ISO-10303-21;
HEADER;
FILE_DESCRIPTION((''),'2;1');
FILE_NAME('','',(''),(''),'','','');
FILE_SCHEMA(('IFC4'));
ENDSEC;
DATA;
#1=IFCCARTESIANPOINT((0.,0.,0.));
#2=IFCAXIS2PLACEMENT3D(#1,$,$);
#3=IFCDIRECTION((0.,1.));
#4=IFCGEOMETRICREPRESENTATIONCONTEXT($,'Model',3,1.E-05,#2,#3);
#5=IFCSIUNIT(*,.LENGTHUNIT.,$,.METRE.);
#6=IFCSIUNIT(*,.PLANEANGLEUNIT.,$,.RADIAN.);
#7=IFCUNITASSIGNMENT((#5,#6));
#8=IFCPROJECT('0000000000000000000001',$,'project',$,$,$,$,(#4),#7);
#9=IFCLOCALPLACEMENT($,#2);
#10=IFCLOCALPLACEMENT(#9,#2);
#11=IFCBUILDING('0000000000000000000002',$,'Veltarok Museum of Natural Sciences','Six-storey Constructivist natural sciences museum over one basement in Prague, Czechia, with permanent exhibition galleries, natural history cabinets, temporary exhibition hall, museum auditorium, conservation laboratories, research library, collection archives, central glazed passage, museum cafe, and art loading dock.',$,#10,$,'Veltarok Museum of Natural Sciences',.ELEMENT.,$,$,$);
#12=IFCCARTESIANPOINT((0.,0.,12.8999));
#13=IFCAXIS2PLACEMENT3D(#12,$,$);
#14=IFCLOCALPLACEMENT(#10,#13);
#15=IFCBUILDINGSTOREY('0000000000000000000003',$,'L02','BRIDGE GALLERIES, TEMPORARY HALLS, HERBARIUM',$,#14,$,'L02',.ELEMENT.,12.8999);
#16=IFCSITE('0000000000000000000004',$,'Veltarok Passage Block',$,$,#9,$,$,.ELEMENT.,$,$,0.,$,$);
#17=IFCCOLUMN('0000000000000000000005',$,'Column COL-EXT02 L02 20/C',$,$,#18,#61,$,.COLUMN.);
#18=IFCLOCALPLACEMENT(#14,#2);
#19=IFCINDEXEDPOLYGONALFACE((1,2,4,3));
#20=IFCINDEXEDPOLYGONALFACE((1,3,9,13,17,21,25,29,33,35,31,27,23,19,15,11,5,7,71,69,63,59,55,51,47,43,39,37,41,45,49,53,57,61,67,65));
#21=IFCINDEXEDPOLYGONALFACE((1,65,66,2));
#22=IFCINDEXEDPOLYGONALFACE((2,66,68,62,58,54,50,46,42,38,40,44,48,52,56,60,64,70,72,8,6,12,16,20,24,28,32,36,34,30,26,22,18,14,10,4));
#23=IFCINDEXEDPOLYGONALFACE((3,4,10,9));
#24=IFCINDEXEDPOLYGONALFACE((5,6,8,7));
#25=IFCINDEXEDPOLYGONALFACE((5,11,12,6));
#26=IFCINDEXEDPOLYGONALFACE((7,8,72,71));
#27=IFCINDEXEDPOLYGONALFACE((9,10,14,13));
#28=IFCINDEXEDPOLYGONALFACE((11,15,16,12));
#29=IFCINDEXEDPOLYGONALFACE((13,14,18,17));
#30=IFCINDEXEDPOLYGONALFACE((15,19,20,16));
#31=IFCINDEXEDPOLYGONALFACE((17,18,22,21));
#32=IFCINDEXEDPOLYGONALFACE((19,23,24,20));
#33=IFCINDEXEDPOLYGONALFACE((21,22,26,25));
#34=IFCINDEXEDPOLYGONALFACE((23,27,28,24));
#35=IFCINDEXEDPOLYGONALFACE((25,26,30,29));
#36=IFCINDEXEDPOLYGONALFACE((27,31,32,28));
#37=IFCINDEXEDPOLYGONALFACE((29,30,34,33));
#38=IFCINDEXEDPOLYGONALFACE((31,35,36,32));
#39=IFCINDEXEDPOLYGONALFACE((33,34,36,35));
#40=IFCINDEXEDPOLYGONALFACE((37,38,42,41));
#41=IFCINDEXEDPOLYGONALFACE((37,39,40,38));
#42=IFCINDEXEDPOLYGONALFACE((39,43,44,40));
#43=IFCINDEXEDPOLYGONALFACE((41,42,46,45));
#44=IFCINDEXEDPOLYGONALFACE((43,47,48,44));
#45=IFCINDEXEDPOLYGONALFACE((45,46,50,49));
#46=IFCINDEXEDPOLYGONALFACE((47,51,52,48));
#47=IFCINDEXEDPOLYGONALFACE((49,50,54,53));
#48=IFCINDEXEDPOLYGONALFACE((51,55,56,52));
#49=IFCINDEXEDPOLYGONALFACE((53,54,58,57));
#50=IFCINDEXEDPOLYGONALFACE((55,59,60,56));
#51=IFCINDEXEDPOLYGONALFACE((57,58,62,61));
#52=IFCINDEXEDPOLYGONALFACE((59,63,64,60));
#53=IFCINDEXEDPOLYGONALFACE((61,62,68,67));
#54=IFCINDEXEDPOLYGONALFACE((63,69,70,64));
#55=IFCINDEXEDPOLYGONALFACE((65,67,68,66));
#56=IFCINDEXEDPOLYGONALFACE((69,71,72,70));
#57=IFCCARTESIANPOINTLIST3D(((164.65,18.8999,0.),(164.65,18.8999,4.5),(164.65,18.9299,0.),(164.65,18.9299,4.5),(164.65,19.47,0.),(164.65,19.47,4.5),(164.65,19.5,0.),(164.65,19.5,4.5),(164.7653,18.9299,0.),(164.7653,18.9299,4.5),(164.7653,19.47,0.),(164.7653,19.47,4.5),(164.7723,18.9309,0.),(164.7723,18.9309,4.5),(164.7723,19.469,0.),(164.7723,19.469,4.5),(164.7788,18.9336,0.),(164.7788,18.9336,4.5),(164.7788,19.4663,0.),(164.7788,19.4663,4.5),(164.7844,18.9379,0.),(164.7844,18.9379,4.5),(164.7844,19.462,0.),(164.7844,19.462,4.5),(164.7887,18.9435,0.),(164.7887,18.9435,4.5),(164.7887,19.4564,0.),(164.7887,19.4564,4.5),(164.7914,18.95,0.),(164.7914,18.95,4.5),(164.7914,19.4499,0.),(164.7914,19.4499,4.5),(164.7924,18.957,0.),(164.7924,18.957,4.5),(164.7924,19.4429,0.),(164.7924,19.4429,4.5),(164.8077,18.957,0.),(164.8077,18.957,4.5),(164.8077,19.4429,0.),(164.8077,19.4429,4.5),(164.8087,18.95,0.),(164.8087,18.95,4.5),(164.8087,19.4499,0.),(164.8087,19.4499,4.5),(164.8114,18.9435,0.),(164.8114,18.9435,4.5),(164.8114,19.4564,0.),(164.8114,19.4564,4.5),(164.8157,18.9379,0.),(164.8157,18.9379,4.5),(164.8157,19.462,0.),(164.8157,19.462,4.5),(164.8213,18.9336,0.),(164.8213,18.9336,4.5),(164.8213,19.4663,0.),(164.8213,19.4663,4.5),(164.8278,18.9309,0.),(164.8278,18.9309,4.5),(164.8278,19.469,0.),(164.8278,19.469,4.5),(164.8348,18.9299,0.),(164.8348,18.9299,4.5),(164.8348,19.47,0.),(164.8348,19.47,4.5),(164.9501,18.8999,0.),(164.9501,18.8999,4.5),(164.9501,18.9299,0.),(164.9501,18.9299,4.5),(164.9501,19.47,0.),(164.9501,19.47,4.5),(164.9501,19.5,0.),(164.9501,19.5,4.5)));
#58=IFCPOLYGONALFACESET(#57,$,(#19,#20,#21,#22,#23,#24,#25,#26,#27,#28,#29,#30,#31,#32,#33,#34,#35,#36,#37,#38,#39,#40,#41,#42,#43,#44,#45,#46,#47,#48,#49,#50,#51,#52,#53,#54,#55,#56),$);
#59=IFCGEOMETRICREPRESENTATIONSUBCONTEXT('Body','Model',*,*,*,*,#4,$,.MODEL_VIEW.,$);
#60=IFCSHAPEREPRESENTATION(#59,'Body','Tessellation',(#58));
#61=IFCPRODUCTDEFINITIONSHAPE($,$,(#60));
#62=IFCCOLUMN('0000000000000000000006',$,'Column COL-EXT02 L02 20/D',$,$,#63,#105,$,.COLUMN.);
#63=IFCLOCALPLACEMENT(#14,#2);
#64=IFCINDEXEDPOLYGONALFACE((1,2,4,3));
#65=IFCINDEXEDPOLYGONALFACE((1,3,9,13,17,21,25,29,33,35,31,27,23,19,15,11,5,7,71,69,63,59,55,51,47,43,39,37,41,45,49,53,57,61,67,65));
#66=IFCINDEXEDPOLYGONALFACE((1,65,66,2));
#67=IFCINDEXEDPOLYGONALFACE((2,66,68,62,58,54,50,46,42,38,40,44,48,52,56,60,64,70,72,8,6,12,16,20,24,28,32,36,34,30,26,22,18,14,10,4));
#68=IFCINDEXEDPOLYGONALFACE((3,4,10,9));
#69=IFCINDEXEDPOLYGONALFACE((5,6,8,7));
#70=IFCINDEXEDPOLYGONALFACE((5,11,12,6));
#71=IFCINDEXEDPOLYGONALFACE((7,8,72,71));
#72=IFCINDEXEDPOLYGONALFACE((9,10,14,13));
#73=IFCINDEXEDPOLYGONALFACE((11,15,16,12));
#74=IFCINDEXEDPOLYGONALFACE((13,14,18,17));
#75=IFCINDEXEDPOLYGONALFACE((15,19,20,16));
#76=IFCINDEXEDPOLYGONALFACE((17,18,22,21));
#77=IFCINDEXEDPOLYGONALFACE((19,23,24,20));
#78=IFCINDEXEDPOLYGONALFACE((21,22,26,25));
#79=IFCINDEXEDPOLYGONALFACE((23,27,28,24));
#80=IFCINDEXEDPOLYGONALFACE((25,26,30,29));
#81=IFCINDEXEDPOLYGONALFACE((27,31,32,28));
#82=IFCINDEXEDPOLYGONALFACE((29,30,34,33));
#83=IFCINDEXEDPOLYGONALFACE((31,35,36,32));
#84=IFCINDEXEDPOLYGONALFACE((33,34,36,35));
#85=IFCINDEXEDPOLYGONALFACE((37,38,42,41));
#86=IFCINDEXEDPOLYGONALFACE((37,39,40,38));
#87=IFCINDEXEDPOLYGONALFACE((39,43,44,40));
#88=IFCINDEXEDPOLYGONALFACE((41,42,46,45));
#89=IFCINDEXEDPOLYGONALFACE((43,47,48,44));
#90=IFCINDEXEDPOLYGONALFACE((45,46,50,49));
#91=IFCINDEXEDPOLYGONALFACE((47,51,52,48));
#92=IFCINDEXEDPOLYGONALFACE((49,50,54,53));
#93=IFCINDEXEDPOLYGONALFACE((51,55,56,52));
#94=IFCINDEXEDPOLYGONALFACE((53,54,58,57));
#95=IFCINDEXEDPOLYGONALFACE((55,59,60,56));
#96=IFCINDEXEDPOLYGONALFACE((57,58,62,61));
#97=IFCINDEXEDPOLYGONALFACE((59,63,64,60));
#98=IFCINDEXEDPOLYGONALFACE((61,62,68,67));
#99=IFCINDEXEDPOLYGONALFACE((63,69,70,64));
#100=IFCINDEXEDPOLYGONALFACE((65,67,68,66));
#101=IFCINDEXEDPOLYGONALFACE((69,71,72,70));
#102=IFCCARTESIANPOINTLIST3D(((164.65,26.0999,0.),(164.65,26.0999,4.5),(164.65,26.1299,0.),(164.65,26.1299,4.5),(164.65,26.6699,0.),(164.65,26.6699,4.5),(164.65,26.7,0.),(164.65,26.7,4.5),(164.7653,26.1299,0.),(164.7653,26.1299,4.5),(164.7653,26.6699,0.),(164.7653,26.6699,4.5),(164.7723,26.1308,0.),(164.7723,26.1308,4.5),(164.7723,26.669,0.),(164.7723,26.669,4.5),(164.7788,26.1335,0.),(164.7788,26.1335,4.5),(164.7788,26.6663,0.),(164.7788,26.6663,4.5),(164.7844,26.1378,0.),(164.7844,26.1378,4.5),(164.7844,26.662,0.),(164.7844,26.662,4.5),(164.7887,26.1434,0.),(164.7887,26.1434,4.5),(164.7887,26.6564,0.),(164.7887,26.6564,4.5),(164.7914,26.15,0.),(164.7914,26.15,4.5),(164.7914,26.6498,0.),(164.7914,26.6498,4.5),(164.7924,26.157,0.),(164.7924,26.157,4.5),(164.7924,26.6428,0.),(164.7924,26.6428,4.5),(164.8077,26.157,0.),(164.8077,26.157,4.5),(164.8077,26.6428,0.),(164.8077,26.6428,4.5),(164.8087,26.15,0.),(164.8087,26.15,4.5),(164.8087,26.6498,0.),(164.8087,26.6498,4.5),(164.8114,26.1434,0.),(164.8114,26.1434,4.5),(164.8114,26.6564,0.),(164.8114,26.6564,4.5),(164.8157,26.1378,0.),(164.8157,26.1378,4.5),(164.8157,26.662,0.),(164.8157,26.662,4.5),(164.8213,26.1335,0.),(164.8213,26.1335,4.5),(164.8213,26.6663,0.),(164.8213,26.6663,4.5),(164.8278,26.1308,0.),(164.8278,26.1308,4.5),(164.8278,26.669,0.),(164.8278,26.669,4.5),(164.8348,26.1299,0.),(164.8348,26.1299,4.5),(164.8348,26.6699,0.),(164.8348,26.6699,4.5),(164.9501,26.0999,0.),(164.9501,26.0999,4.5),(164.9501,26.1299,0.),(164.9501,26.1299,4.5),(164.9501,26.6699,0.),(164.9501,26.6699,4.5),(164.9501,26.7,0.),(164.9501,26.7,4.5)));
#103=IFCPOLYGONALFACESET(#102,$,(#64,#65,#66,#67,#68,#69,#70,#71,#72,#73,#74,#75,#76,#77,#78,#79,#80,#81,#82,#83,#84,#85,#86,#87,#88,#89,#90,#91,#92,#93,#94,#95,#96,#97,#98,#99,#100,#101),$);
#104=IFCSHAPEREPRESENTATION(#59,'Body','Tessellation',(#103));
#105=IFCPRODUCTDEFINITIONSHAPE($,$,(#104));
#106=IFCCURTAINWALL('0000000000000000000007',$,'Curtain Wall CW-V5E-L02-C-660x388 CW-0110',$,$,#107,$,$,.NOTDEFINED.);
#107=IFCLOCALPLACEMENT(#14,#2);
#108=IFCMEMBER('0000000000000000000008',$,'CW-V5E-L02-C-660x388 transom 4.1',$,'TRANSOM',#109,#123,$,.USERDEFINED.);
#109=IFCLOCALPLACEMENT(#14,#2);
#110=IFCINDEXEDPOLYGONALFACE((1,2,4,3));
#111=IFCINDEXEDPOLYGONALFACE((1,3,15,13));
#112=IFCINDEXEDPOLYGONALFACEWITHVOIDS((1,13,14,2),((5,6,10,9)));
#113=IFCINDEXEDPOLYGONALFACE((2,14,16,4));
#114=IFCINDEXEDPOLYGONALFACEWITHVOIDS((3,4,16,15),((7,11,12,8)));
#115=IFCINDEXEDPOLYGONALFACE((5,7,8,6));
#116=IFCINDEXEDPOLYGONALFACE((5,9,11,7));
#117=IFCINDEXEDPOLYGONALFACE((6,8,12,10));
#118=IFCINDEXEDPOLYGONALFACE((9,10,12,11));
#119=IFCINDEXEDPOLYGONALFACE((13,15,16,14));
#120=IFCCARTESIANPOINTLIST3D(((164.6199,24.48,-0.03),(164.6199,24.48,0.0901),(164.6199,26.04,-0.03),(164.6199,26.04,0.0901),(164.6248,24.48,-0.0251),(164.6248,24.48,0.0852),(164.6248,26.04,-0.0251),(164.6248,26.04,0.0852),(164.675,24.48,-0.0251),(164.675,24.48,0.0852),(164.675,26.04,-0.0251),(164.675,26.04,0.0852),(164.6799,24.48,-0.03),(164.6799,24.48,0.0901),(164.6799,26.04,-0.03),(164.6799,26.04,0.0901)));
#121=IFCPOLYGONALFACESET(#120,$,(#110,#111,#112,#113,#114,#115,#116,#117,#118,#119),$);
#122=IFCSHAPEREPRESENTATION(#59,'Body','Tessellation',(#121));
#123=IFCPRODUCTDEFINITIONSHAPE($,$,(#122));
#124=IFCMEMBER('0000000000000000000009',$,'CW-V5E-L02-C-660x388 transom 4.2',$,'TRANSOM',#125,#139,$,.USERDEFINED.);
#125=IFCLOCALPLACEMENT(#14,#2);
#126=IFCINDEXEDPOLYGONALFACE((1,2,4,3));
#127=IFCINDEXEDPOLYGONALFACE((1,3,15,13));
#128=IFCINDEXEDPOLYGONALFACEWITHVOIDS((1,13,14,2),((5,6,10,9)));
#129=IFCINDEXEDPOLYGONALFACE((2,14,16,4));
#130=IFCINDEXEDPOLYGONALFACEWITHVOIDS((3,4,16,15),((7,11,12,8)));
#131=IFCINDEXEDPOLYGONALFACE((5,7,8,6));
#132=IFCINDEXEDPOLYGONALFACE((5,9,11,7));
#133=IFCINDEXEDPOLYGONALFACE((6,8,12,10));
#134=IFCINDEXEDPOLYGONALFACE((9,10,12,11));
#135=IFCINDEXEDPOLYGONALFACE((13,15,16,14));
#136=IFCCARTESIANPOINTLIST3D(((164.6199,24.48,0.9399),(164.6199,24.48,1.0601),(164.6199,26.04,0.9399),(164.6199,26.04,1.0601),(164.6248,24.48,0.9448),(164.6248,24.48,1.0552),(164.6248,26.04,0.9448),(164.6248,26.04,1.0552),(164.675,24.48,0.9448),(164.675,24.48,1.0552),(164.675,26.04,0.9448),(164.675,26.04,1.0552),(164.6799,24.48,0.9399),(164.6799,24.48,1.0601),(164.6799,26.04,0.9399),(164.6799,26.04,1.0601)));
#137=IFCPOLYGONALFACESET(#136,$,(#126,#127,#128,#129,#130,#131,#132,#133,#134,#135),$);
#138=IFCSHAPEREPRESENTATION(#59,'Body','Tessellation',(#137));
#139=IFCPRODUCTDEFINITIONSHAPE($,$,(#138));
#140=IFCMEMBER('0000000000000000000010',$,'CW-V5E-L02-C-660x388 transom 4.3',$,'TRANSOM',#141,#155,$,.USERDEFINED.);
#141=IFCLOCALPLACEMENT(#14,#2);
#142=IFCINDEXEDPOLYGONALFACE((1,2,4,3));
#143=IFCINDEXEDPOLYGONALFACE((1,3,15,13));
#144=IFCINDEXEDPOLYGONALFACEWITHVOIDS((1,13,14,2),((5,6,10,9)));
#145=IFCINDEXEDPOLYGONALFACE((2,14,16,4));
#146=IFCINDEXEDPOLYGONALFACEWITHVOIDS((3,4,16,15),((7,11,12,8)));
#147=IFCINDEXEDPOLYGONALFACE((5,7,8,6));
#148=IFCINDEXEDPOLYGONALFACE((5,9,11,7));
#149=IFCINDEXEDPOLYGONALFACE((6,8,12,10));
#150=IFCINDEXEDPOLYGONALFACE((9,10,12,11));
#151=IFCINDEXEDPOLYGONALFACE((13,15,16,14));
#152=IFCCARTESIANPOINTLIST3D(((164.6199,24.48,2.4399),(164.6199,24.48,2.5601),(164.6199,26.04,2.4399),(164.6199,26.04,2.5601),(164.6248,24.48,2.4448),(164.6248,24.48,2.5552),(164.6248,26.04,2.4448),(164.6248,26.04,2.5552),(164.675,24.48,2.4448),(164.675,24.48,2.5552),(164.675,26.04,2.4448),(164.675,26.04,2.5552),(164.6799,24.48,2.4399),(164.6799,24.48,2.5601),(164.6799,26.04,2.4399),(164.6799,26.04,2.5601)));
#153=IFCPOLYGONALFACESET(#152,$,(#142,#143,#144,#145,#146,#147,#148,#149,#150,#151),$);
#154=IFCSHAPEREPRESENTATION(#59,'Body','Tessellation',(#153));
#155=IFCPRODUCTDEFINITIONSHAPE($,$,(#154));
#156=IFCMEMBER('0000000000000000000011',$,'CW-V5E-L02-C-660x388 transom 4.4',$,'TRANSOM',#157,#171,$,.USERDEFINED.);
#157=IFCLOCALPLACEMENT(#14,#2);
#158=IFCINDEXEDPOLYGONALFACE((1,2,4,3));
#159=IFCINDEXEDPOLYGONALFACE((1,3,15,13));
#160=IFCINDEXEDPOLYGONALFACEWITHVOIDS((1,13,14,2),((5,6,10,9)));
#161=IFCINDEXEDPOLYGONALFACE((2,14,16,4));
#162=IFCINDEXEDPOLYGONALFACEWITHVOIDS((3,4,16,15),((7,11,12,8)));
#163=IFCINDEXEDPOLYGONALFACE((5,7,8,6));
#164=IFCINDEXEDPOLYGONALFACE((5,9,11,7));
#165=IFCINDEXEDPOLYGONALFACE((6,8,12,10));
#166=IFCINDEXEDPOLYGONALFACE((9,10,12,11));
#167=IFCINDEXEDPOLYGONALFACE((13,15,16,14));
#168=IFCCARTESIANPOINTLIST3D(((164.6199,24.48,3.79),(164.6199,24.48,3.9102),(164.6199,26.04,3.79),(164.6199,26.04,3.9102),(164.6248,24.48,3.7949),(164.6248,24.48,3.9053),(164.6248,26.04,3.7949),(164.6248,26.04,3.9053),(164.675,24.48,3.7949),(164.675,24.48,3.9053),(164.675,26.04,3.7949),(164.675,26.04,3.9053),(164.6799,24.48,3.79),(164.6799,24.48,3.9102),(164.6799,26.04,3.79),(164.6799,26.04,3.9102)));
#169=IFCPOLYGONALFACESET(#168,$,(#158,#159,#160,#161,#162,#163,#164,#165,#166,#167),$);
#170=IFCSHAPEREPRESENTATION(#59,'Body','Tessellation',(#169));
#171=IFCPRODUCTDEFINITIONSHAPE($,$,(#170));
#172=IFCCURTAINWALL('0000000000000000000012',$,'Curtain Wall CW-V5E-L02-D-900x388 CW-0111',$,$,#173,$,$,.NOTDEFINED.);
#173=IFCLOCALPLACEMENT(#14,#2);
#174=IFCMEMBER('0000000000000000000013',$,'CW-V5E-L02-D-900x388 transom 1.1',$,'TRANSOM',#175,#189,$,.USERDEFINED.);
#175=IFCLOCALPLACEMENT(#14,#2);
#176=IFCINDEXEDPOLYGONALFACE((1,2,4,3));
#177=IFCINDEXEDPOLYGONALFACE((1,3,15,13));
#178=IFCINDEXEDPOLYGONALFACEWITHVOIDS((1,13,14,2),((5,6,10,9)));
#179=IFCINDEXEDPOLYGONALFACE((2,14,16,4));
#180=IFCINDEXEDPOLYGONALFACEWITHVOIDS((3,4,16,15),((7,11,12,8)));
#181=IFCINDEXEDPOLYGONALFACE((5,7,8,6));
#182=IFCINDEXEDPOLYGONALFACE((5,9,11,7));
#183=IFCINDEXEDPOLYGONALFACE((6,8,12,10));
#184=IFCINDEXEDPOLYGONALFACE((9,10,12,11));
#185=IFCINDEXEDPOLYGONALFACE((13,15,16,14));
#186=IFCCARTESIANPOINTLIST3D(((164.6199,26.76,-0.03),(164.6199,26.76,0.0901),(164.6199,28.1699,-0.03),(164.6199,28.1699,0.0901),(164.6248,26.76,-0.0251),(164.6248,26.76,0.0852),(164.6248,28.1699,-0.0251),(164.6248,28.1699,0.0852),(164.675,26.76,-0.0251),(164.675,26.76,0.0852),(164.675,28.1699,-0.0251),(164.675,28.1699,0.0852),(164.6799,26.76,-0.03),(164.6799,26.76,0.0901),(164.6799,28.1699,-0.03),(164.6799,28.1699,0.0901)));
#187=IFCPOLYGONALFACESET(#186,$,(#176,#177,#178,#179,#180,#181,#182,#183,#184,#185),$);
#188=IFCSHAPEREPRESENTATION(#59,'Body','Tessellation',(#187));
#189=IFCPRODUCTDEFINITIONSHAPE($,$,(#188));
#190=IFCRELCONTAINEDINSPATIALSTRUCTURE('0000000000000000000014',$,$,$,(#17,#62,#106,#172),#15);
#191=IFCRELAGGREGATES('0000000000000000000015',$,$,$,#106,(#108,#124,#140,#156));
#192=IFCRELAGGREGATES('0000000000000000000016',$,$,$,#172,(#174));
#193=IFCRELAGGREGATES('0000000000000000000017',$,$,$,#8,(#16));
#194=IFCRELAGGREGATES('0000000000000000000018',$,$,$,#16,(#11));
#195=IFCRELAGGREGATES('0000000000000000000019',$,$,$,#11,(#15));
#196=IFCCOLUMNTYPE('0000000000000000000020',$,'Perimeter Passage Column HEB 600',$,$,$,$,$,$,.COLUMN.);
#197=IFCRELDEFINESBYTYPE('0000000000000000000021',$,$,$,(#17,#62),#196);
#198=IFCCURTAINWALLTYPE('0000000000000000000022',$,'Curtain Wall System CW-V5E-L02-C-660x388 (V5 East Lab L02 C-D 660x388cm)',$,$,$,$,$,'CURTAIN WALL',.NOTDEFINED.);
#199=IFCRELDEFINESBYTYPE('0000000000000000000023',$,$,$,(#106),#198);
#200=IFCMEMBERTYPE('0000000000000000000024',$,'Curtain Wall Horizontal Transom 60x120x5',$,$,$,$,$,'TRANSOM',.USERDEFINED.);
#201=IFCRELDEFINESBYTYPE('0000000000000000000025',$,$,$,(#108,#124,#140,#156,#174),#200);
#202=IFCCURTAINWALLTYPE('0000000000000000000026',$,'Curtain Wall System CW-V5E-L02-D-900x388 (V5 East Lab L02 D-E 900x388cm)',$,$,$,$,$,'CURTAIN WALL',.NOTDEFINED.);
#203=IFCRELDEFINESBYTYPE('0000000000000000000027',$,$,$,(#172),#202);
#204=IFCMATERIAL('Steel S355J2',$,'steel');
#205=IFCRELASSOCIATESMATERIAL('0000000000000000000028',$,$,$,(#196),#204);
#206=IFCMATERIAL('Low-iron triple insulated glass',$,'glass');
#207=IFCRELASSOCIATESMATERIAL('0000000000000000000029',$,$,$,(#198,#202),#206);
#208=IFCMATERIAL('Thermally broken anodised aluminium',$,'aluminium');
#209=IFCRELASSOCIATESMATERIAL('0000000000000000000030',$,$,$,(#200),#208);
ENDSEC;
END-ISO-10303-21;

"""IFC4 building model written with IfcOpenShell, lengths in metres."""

from ifc_helpers import new_model, si_unit, direction, frame, origin, origin_2d, place, context, subcontext, project, spatial, hollow_rectangle, i_section, extrude, material, material_profile, profile_set, type_object, element, aggregate, save


model = new_model("IFC4")

# Units and contexts
model_context = context("Model", 3, precision=1e-05, world=origin(), true_north=direction((0.0, 1.0)))
body_context = subcontext(model_context, "Body", "Model", "MODEL_VIEW")
ifc_project = project(units=[si_unit("LENGTHUNIT", "METRE"), si_unit("PLANEANGLEUNIT", "RADIAN")], contexts=[model_context])

# Site, building, storey
site_placement = place(None, origin())
site = spatial("IfcSite", under=ifc_project, at=site_placement, Name="Veltarok Passage Block", CompositionType="ELEMENT", RefElevation=0.0)
building_placement = place(site_placement, origin())
building = spatial("IfcBuilding", under=site, at=building_placement, Name="Veltarok Museum of Natural Sciences", Description="Six-storey Constructivist natural sciences museum over one basement in Prague, Czechia, with permanent exhibition galleries, natural history cabinets, temporary exhibition hall, museum auditorium, conservation laboratories, research library, collection archives, central glazed passage, museum cafe, and art loading dock.", LongName="Veltarok Museum of Natural Sciences", CompositionType="ELEMENT")
storey_placement = place(building_placement, frame((0.0, 0.0, 12.8999)))
storey = spatial("IfcBuildingStorey", under=building, at=storey_placement, Name="L02", Description="BRIDGE GALLERIES, TEMPORARY HALLS, HERBARIUM", LongName="L02", CompositionType="ELEMENT", Elevation=12.8999)

# Columns
ifc_material_1 = material(Name="Steel S355J2", Category="steel")
ifc_material_profile_1 = material_profile(ifc_material_1, i_section(OverallWidth=0.3, OverallDepth=0.6001, WebThickness=0.0154, FlangeThickness=0.03, FilletRadius=0.0271, at=origin_2d()), Name="HEB 600")
ifc_profile_set_1 = profile_set([ifc_material_profile_1], Name="Steel S355J2")
column_type = type_object("IfcColumnType", Name="Perimeter Passage Column HEB 600", PredefinedType="COLUMN", material=ifc_profile_set_1)
for number, where, z_axis, x_axis, name in (
    (1, (164.8, 19.2, 0.0), (0.0, 0.0, 1.0), (1.0, 0.0, 0.0), "Column COL-EXT02 L02 20/C"),
    (2, (164.8, 26.3999, 0.0), (0.0, 0.0, 1.0), (1.0, 0.0, 0.0), "Column COL-EXT02 L02 20/D"),
):
    element("IfcColumn", number, at=place(storey_placement, frame(where, z_axis=z_axis, x_axis=x_axis)), inside=storey, type_object=column_type, Name=name, PredefinedType="COLUMN", context=body_context, shape_type="SweptSolid", body=[
        extrude(i_section(OverallWidth=0.3, OverallDepth=0.6001, WebThickness=0.0154, FlangeThickness=0.03, FilletRadius=0.0271, at=origin_2d()), origin(), (0.0, 0.0, 1.0), 4.5),
    ])

# Curtain walls, members
ifc_material_2 = material(Name="Low-iron triple insulated glass", Category="glass")
curtain_wall_type_1 = type_object("IfcCurtainWallType", Name="Curtain Wall System CW-V5E-L02-C-660x388 (V5 East Lab L02 C-D 660x388cm)", ElementType="CURTAIN WALL", PredefinedType="NOTDEFINED", material=ifc_material_2)
curtain_wall_1_placement = place(storey_placement, origin())
curtain_wall_1 = element("IfcCurtainWall", 3, at=curtain_wall_1_placement, inside=storey, type_object=curtain_wall_type_1, Name="Curtain Wall CW-V5E-L02-C-660x388 CW-0110", PredefinedType="NOTDEFINED")
ifc_material_3 = material(Name="Thermally broken anodised aluminium", Category="aluminium")
ifc_material_profile_2 = material_profile(ifc_material_3, hollow_rectangle(XDim=0.0601, YDim=0.1201, WallThickness=0.0049, at=origin_2d()), Name="CW TRANSOM 60x120x5")
ifc_profile_set_2 = profile_set([ifc_material_profile_2], Name="Thermally broken anodised aluminium")
member_type_1 = type_object("IfcMemberType", Name="Curtain Wall Horizontal Transom 60x120x5", ElementType="TRANSOM", PredefinedType="USERDEFINED", material=ifc_profile_set_2)
member_1_placement = place(storey_placement, frame((164.6499, 24.48, 0.03), z_axis=(0.0, 1.0, 0.0), x_axis=(-1.0, 0.0, 0.0)))
member_1 = element("IfcMember", 4, at=member_1_placement, type_object=member_type_1, Name="CW-V5E-L02-C-660x388 transom 4.1", ObjectType="TRANSOM", PredefinedType="USERDEFINED", context=body_context, shape_type="SweptSolid", body=[
    extrude(hollow_rectangle(XDim=0.0601, YDim=0.1201, WallThickness=0.0049, at=origin_2d()), origin(), (0.0, 0.0, 1.0), 1.5601),
])
member_2_placement = place(storey_placement, frame((164.6499, 24.48, 1.0), z_axis=(0.0, 1.0, 0.0), x_axis=(-1.0, 0.0, 0.0)))
member_2 = element("IfcMember", 5, at=member_2_placement, type_object=member_type_1, Name="CW-V5E-L02-C-660x388 transom 4.2", ObjectType="TRANSOM", PredefinedType="USERDEFINED", context=body_context, shape_type="SweptSolid", body=[
    extrude(hollow_rectangle(XDim=0.0601, YDim=0.1201, WallThickness=0.0049, at=origin_2d()), origin(), (0.0, 0.0, 1.0), 1.5601),
])
member_3_placement = place(storey_placement, frame((164.6499, 24.48, 2.5), z_axis=(0.0, 1.0, 0.0), x_axis=(-1.0, 0.0, 0.0)))
member_3 = element("IfcMember", 6, at=member_3_placement, type_object=member_type_1, Name="CW-V5E-L02-C-660x388 transom 4.3", ObjectType="TRANSOM", PredefinedType="USERDEFINED", context=body_context, shape_type="SweptSolid", body=[
    extrude(hollow_rectangle(XDim=0.0601, YDim=0.1201, WallThickness=0.0049, at=origin_2d()), origin(), (0.0, 0.0, 1.0), 1.5601),
])
member_4_placement = place(storey_placement, frame((164.6499, 24.48, 3.8501), z_axis=(0.0, 1.0, 0.0), x_axis=(-1.0, 0.0, 0.0)))
member_4 = element("IfcMember", 7, at=member_4_placement, type_object=member_type_1, Name="CW-V5E-L02-C-660x388 transom 4.4", ObjectType="TRANSOM", PredefinedType="USERDEFINED", context=body_context, shape_type="SweptSolid", body=[
    extrude(hollow_rectangle(XDim=0.0601, YDim=0.1201, WallThickness=0.0049, at=origin_2d()), origin(), (0.0, 0.0, 1.0), 1.5601),
])
curtain_wall_type_2 = type_object("IfcCurtainWallType", Name="Curtain Wall System CW-V5E-L02-D-900x388 (V5 East Lab L02 D-E 900x388cm)", ElementType="CURTAIN WALL", PredefinedType="NOTDEFINED", material=ifc_material_2)
curtain_wall_2_placement = place(storey_placement, origin())
curtain_wall_2 = element("IfcCurtainWall", 8, at=curtain_wall_2_placement, inside=storey, type_object=curtain_wall_type_2, Name="Curtain Wall CW-V5E-L02-D-900x388 CW-0111", PredefinedType="NOTDEFINED")
member_5_placement = place(storey_placement, frame((164.6499, 26.76, 0.03), z_axis=(0.0, 1.0, 0.0), x_axis=(-1.0, 0.0, 0.0)))
member_5 = element("IfcMember", 9, at=member_5_placement, type_object=member_type_1, Name="CW-V5E-L02-D-900x388 transom 1.1", ObjectType="TRANSOM", PredefinedType="USERDEFINED", context=body_context, shape_type="SweptSolid", body=[
    extrude(hollow_rectangle(XDim=0.0601, YDim=0.1201, WallThickness=0.0049, at=origin_2d()), origin(), (0.0, 0.0, 1.0), 1.4099),
])

aggregate(curtain_wall_1, [member_1, member_2, member_3, member_4])
aggregate(curtain_wall_2, [member_5])

save(model, "model.ifc")
